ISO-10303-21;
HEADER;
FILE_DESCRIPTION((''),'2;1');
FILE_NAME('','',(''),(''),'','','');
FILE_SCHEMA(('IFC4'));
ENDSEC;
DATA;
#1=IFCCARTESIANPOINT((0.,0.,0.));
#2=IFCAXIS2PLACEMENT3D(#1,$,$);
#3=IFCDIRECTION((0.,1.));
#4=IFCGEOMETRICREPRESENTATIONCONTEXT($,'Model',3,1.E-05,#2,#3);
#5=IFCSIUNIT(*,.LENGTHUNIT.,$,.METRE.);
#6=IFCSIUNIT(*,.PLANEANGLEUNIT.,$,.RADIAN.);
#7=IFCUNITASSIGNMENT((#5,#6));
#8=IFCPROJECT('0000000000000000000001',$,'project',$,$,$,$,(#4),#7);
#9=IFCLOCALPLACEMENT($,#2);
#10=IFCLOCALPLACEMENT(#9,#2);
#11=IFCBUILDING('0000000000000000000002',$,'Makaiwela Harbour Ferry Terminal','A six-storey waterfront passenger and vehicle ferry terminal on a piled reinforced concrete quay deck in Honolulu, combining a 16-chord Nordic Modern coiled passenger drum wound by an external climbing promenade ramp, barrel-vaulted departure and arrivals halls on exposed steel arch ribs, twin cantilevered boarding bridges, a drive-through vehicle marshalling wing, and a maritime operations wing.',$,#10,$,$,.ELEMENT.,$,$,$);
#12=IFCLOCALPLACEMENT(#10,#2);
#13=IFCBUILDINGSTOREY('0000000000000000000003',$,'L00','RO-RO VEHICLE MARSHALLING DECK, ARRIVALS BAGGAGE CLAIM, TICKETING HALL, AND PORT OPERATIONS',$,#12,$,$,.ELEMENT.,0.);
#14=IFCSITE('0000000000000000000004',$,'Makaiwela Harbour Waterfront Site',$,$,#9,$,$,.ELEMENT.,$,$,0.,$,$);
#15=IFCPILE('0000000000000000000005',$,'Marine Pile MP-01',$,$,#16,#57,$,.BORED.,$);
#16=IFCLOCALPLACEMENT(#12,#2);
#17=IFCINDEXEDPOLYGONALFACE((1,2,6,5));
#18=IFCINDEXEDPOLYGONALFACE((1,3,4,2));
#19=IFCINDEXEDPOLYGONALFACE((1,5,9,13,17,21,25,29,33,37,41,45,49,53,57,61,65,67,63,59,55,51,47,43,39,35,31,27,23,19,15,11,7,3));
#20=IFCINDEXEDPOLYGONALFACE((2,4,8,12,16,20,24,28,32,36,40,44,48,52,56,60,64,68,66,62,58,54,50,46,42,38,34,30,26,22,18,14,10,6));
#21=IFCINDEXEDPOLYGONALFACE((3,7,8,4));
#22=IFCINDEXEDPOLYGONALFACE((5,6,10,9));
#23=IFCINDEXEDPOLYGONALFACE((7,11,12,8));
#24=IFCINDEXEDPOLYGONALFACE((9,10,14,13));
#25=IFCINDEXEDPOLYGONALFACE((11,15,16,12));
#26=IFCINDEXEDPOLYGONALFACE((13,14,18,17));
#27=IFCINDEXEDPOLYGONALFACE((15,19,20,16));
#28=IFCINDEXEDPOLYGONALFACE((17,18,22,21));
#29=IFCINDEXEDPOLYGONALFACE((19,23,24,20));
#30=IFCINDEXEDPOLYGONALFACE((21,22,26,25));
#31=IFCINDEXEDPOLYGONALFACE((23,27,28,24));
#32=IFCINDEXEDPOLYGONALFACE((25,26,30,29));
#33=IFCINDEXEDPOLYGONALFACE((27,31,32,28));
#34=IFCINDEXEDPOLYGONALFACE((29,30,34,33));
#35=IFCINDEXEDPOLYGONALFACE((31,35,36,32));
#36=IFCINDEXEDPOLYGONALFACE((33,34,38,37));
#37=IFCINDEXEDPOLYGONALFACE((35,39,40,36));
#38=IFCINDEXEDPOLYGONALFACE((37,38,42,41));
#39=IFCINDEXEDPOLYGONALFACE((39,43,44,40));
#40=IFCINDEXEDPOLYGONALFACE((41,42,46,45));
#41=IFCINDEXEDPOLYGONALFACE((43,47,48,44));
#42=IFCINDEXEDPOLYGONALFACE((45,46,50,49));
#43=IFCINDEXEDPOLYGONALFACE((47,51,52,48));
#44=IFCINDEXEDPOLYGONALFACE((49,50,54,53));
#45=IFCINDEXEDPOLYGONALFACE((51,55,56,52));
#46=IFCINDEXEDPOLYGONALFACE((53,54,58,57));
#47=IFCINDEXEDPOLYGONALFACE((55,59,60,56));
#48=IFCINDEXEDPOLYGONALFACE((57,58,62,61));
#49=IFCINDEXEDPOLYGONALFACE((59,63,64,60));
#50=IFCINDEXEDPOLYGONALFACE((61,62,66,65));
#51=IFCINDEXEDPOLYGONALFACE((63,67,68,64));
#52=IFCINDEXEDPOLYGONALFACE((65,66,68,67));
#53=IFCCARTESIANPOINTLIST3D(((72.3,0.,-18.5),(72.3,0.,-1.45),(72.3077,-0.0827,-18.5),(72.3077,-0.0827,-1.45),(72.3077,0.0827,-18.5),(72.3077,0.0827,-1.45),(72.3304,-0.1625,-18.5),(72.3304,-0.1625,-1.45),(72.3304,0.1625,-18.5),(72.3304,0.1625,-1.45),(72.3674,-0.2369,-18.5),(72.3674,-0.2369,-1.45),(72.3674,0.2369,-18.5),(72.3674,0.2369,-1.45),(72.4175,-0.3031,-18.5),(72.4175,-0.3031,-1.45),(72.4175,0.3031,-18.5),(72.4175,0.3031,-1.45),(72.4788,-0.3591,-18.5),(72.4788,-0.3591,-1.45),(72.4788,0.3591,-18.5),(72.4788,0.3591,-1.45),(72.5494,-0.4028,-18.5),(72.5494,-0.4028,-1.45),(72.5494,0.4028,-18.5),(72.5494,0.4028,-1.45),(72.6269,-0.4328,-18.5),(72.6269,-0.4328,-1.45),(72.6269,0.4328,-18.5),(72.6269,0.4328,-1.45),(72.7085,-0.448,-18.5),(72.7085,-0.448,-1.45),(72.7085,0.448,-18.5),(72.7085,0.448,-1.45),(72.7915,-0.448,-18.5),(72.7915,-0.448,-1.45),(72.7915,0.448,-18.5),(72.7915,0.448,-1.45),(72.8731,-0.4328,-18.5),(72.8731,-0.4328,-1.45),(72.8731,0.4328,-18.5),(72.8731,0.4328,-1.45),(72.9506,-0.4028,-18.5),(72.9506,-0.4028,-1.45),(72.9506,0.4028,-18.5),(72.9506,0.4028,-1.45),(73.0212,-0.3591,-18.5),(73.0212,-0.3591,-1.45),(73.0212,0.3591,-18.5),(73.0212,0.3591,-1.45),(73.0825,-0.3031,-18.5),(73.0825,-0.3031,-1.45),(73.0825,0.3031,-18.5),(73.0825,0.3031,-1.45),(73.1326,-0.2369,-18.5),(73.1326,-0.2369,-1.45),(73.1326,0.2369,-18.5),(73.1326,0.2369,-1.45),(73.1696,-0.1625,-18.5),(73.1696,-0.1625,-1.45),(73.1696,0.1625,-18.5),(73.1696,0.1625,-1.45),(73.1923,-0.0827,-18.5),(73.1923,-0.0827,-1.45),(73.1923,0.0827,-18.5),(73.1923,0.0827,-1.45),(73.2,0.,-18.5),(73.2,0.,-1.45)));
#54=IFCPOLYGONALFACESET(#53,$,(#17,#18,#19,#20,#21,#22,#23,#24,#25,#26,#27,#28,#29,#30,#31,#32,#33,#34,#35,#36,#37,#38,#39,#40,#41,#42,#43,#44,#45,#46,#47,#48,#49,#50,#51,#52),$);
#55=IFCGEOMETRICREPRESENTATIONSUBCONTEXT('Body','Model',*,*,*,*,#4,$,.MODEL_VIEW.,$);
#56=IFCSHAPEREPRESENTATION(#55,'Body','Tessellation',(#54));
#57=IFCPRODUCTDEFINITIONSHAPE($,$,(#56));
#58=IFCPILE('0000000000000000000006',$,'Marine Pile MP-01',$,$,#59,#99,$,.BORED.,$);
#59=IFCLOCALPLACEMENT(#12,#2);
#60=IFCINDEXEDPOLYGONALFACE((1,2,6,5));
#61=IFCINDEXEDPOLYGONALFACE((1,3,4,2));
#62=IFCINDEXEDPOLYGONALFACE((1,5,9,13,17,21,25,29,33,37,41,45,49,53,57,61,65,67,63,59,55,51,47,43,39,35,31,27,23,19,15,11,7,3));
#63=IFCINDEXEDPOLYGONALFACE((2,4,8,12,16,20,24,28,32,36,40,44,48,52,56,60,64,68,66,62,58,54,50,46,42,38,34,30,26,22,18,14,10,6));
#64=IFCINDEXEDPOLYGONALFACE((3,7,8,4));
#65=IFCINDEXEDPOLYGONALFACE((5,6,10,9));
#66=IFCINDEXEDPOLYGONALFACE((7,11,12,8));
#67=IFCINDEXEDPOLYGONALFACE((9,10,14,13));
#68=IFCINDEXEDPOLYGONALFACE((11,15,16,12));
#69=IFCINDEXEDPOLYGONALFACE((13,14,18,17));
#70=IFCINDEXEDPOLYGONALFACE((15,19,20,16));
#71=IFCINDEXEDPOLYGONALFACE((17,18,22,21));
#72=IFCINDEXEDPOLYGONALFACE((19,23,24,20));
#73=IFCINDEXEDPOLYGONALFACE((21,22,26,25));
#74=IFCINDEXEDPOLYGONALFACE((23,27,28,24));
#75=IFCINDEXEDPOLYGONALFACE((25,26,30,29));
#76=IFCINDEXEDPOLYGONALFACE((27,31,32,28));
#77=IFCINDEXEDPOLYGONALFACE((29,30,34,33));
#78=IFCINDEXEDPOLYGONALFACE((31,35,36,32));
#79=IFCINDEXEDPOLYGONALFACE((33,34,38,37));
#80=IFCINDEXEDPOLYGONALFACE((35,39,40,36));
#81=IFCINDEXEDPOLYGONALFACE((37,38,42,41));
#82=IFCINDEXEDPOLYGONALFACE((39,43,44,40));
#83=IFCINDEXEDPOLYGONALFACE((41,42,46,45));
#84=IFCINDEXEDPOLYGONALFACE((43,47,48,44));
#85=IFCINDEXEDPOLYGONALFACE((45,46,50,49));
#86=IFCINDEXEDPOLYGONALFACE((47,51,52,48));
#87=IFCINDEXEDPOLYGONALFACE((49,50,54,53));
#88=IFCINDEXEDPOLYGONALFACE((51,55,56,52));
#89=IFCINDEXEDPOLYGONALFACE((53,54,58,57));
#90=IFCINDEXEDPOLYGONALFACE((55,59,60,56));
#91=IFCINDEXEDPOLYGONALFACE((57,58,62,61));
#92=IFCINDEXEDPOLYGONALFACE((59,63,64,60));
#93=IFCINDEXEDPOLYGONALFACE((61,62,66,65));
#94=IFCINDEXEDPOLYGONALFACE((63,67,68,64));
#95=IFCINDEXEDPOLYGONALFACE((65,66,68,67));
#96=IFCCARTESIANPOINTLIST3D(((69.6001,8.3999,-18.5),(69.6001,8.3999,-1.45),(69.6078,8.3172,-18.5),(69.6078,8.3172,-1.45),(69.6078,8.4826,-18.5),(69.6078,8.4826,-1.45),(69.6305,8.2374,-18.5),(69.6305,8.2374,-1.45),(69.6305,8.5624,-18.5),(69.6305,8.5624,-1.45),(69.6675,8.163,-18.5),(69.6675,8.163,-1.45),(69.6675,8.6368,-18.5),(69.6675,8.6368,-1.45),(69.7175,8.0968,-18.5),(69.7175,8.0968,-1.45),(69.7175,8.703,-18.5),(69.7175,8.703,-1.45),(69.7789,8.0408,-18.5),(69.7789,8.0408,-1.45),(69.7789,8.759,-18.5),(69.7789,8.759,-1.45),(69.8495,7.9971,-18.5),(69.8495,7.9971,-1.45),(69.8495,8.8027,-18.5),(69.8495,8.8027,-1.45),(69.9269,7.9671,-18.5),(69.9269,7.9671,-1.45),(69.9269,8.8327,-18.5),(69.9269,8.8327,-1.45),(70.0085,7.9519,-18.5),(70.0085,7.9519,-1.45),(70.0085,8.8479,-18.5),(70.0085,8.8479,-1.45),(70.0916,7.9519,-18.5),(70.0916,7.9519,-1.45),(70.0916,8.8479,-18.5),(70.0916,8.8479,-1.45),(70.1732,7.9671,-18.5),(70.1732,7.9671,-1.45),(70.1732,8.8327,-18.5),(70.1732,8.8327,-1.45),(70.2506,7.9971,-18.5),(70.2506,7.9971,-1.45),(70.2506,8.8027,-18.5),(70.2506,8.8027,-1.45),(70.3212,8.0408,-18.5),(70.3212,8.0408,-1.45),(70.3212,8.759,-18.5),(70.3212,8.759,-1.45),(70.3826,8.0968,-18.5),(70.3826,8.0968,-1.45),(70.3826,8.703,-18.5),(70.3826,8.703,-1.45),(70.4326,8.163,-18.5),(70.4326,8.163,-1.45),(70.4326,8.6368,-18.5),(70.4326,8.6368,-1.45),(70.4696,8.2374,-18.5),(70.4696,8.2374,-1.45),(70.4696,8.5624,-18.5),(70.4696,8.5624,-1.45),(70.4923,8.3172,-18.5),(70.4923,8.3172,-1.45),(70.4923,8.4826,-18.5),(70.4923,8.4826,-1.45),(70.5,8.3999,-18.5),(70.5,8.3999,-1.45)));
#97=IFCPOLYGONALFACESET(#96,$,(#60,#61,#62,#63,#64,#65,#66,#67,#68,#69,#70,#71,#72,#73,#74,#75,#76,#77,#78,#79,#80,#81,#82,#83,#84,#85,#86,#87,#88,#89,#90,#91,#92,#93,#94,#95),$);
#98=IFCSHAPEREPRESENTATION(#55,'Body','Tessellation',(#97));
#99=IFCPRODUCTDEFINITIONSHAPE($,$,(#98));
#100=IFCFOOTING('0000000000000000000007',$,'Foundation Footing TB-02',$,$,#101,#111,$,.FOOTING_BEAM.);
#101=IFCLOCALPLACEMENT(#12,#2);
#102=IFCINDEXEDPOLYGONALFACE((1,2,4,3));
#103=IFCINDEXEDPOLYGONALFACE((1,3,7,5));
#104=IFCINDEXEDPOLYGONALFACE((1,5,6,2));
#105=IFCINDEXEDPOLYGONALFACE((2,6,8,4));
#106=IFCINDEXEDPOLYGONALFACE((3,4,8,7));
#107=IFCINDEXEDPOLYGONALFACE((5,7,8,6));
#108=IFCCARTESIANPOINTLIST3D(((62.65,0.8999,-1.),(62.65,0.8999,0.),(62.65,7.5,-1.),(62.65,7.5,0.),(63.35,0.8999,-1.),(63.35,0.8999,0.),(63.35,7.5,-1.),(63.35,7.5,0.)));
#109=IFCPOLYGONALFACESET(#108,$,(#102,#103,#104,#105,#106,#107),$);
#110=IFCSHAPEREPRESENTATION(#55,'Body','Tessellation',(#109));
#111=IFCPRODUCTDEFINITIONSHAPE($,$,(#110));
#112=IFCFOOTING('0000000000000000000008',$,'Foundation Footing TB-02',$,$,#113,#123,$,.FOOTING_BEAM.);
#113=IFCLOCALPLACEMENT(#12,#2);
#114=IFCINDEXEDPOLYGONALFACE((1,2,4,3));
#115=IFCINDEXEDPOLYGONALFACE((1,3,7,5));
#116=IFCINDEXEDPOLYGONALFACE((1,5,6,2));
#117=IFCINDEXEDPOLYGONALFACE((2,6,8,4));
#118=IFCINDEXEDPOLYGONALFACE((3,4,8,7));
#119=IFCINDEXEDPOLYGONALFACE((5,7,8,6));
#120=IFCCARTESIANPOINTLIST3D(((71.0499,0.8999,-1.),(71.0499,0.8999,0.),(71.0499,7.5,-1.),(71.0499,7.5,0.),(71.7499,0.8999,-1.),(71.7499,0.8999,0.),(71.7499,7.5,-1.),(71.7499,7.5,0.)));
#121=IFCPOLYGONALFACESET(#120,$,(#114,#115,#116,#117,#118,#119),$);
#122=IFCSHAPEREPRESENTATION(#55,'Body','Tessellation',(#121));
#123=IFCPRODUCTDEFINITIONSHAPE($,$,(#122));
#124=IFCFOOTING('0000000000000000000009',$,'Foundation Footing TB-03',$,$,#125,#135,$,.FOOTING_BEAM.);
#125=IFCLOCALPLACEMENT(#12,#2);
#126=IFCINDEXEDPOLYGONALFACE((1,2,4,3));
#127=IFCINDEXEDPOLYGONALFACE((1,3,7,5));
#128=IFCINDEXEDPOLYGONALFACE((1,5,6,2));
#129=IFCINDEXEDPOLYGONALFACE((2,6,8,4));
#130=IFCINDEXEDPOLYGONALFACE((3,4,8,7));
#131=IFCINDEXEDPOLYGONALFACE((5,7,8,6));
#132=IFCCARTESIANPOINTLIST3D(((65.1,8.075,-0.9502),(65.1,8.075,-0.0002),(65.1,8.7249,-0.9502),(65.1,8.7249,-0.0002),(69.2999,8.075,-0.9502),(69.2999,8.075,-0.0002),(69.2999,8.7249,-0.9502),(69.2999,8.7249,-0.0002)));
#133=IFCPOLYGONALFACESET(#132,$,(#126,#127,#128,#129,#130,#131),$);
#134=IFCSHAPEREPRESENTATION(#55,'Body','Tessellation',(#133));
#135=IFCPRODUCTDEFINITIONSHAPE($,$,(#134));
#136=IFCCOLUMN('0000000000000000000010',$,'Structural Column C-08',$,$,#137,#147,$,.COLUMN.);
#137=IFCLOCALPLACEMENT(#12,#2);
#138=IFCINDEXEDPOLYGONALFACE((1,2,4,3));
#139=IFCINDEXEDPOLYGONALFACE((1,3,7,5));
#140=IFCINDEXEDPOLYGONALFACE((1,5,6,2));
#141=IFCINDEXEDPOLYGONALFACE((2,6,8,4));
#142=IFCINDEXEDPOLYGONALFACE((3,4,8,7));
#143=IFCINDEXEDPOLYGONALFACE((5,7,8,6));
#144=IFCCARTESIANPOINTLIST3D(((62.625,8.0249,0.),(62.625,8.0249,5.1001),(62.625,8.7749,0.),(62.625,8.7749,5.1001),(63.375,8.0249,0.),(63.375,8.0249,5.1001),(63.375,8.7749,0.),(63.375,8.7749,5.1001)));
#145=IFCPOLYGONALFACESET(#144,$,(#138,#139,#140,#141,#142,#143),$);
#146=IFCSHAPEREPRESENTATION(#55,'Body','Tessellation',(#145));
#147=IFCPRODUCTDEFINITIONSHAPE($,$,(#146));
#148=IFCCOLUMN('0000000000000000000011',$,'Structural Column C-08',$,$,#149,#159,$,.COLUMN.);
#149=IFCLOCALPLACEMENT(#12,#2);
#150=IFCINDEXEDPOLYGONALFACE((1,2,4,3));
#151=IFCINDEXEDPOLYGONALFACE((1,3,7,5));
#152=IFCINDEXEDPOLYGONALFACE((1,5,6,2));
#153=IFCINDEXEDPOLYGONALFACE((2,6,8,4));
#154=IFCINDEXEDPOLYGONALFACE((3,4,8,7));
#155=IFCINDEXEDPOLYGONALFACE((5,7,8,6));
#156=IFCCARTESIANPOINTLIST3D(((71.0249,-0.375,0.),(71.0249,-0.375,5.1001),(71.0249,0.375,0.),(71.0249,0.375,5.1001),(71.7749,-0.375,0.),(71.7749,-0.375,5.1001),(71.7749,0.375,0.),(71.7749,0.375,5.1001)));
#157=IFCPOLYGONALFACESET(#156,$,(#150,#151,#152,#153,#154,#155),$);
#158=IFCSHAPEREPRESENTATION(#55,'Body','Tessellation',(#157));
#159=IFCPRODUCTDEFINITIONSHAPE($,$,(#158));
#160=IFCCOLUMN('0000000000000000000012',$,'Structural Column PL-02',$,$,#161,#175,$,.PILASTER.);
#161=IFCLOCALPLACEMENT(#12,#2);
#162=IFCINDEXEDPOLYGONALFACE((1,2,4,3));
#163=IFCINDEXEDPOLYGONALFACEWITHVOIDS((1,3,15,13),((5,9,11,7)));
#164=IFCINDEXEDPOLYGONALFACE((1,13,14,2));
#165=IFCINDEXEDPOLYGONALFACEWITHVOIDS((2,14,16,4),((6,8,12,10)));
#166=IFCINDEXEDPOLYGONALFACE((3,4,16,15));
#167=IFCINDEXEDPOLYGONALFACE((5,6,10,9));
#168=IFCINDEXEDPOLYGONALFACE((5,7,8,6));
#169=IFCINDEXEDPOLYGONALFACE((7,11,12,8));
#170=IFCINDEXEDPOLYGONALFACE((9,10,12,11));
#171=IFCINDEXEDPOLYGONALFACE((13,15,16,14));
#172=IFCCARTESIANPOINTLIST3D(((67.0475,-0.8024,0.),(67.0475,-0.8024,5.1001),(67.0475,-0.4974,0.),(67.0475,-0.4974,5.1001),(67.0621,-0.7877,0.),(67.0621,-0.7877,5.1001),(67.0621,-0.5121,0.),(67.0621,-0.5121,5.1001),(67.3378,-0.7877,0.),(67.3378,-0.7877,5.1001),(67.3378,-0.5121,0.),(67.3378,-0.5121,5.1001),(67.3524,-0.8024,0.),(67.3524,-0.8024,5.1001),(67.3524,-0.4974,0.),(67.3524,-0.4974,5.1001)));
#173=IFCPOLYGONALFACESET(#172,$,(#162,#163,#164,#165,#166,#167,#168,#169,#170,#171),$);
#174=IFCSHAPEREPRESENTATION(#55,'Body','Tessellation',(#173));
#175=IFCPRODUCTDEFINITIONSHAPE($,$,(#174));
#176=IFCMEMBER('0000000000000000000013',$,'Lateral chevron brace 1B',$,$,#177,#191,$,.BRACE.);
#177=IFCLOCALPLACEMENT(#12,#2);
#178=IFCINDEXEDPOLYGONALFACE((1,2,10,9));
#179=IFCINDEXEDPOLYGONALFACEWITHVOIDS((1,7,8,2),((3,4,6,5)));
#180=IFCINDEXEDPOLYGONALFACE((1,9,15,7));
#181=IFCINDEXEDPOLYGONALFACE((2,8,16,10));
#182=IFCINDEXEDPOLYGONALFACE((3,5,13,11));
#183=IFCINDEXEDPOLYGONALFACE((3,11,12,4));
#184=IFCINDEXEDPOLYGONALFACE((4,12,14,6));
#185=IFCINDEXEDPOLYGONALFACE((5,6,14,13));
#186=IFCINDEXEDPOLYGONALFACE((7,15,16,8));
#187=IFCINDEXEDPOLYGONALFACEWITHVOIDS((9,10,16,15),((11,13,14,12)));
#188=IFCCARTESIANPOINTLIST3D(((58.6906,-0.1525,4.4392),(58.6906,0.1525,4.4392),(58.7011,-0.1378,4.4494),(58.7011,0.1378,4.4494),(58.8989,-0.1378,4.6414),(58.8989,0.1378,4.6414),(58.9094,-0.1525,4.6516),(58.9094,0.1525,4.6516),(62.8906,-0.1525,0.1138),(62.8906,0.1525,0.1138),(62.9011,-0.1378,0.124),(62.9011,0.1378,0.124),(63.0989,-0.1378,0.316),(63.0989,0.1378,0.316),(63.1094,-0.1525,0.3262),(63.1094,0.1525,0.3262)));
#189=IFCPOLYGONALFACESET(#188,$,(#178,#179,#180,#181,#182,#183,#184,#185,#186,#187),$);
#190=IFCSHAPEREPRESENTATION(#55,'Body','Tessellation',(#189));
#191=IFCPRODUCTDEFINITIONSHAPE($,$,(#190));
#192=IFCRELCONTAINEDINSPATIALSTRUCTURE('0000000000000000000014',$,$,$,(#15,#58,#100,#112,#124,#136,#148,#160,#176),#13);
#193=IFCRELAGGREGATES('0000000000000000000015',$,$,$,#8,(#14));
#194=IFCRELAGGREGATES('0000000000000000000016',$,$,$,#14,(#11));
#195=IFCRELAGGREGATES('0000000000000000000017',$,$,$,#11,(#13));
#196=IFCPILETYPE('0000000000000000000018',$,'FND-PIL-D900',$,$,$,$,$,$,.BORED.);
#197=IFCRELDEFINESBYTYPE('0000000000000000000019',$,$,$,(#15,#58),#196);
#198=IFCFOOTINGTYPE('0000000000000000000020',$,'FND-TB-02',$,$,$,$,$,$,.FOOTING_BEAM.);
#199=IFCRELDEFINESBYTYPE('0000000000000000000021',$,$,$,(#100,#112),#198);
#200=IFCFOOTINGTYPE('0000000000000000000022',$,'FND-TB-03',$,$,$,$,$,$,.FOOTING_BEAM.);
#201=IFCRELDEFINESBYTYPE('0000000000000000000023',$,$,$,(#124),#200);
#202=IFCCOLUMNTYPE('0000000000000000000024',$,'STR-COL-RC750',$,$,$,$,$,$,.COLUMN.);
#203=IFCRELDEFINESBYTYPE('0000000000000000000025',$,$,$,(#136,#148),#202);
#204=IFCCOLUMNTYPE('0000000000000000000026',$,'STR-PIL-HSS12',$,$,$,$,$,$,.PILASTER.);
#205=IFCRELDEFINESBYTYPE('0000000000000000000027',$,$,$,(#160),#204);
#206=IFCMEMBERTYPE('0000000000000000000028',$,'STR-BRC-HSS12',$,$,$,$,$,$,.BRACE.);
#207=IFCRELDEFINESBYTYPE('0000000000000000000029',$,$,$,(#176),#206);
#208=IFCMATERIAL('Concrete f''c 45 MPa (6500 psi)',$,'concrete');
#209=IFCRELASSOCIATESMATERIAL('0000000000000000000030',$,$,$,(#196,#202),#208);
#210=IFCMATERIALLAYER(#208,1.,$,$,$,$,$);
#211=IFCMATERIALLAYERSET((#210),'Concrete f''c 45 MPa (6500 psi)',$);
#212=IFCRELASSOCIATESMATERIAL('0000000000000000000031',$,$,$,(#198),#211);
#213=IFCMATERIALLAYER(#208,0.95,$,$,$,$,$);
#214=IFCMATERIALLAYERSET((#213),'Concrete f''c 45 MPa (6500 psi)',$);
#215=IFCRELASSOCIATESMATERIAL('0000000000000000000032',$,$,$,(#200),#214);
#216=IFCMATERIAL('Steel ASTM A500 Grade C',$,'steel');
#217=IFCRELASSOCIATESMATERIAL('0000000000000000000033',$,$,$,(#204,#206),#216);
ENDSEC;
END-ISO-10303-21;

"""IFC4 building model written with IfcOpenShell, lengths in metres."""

from ifc_helpers import new_model, si_unit, direction, frame, origin, origin_2d, place, context, subcontext, project, spatial, rectangle, hollow_rectangle, circle, extrude, material, layer, layer_set, material_profile, profile_set, type_object, element, save


model = new_model("IFC4")

# Units and contexts
model_context = context("Model", 3, precision=1e-05, world=origin(), true_north=direction((0.0, 1.0)))
body_context = subcontext(model_context, "Body", "Model", "MODEL_VIEW")
ifc_project = project(units=[si_unit("LENGTHUNIT", "METRE"), si_unit("PLANEANGLEUNIT", "RADIAN")], contexts=[model_context])

# Site, building, storey
site_placement = place(None, origin())
site = spatial("IfcSite", under=ifc_project, at=site_placement, Name="Makaiwela Harbour Waterfront Site", CompositionType="ELEMENT", RefElevation=0.0)
building_placement = place(site_placement, origin())
building = spatial("IfcBuilding", under=site, at=building_placement, Name="Makaiwela Harbour Ferry Terminal", Description="A six-storey waterfront passenger and vehicle ferry terminal on a piled reinforced concrete quay deck in Honolulu, combining a 16-chord Nordic Modern coiled passenger drum wound by an external climbing promenade ramp, barrel-vaulted departure and arrivals halls on exposed steel arch ribs, twin cantilevered boarding bridges, a drive-through vehicle marshalling wing, and a maritime operations wing.", CompositionType="ELEMENT")
storey_placement = place(building_placement, origin())
storey = spatial("IfcBuildingStorey", under=building, at=storey_placement, Name="L00", Description="RO-RO VEHICLE MARSHALLING DECK, ARRIVALS BAGGAGE CLAIM, TICKETING HALL, AND PORT OPERATIONS", CompositionType="ELEMENT", Elevation=0.0)

# Shared definitions
ifc_material_1 = material(Name="Concrete f'c 45 MPa (6500 psi)", Category="concrete")

# Piles
ifc_material_profile_1 = material_profile(ifc_material_1, circle(Radius=0.45, at=origin_2d()), Name="PILE-D900")
ifc_profile_set_1 = profile_set([ifc_material_profile_1], Name="Concrete f'c 45 MPa (6500 psi)")
pile_type = type_object("IfcPileType", Name="FND-PIL-D900", PredefinedType="BORED", material=ifc_profile_set_1)
for number, where, z_axis, x_axis, name in (
    (1, (72.75, 0.0, -1.45), (0.0, 0.0, -1.0), (1.0, 0.0, 0.0), "Marine Pile MP-01"),
    (2, (70.05, 8.3999, -1.45), (0.0, 0.0, -1.0), (1.0, 0.0, 0.0), "Marine Pile MP-01"),
):
    element("IfcPile", number, at=place(storey_placement, frame(where, z_axis=z_axis, x_axis=x_axis)), inside=storey, type_object=pile_type, Name=name, PredefinedType="BORED", context=body_context, shape_type="SweptSolid", body=[
        extrude(circle(Radius=0.45, at=origin_2d()), origin(), (0.0, 0.0, 1.0), 17.05),
    ])

# Footings
ifc_layer_1 = layer(ifc_material_1, 1.0)
ifc_layer_set_1 = layer_set([ifc_layer_1], Name="Concrete f'c 45 MPa (6500 psi)")
footing_type_1 = type_object("IfcFootingType", Name="FND-TB-02", PredefinedType="FOOTING_BEAM", material=ifc_layer_set_1)
for number, where, z_axis, x_axis, name in (
    (3, (63.0, 4.2, -1.0), (0.0, 0.0, 1.0), (0.0, 1.0, 0.0), "Foundation Footing TB-02"),
    (4, (71.3999, 4.2, -1.0), (0.0, 0.0, 1.0), (0.0, 1.0, 0.0), "Foundation Footing TB-02"),
):
    element("IfcFooting", number, at=place(storey_placement, frame(where, z_axis=z_axis, x_axis=x_axis)), inside=storey, type_object=footing_type_1, Name=name, PredefinedType="FOOTING_BEAM", context=body_context, shape_type="SweptSolid", body=[
        extrude(rectangle(XDim=6.6001, YDim=0.7, at=origin_2d()), origin(), (0.0, 0.0, 1.0), 1.0),
    ])
ifc_layer_2 = layer(ifc_material_1, 0.95)
ifc_layer_set_2 = layer_set([ifc_layer_2], Name="Concrete f'c 45 MPa (6500 psi)")
footing_type_2 = type_object("IfcFootingType", Name="FND-TB-03", PredefinedType="FOOTING_BEAM", material=ifc_layer_set_2)
footing_1_placement = place(storey_placement, frame((67.2, 8.3999, -0.9502), z_axis=(0.0, 0.0, 1.0), x_axis=(1.0, 0.0, 0.0)))
element("IfcFooting", 5, at=footing_1_placement, inside=storey, type_object=footing_type_2, Name="Foundation Footing TB-03", PredefinedType="FOOTING_BEAM", context=body_context, shape_type="SweptSolid", body=[
    extrude(rectangle(XDim=4.2, YDim=0.6499, at=origin_2d()), origin(), (0.0, 0.0, 1.0), 0.95),
])

# Columns
ifc_material_profile_2 = material_profile(ifc_material_1, rectangle(XDim=0.75, YDim=0.75, at=origin_2d()), Name="RC-750X750")
ifc_profile_set_2 = profile_set([ifc_material_profile_2], Name="Concrete f'c 45 MPa (6500 psi)")
column_type_1 = type_object("IfcColumnType", Name="STR-COL-RC750", PredefinedType="COLUMN", material=ifc_profile_set_2)
for number, where, z_axis, x_axis, name in (
    (6, (63.0, 8.3999, 0.0), (0.0, 0.0, 1.0), (1.0, 0.0, 0.0), "Structural Column C-08"),
    (7, (71.3999, 0.0, 0.0), (0.0, 0.0, 1.0), (1.0, 0.0, 0.0), "Structural Column C-08"),
):
    element("IfcColumn", number, at=place(storey_placement, frame(where, z_axis=z_axis, x_axis=x_axis)), inside=storey, type_object=column_type_1, Name=name, PredefinedType="COLUMN", context=body_context, shape_type="SweptSolid", body=[
        extrude(rectangle(XDim=0.75, YDim=0.75, at=origin_2d()), origin(), (0.0, 0.0, 1.0), 5.1001),
    ])
ifc_material_2 = material(Name="Steel ASTM A500 Grade C", Category="steel")
ifc_material_profile_3 = material_profile(ifc_material_2, hollow_rectangle(XDim=0.3049, YDim=0.3049, WallThickness=0.0146, at=origin_2d()), Name="HSS12X12X5/8")
ifc_profile_set_3 = profile_set([ifc_material_profile_3], Name="Steel ASTM A500 Grade C")
column_type_2 = type_object("IfcColumnType", Name="STR-PIL-HSS12", PredefinedType="PILASTER", material=ifc_profile_set_3)
column_placement = place(storey_placement, frame((67.2, -0.6499, 0.0), z_axis=(0.0, 0.0, 1.0), x_axis=(1.0, 0.0, 0.0)))
element("IfcColumn", 8, at=column_placement, inside=storey, type_object=column_type_2, Name="Structural Column PL-02", PredefinedType="PILASTER", context=body_context, shape_type="SweptSolid", body=[
    extrude(hollow_rectangle(XDim=0.3049, YDim=0.3049, WallThickness=0.0146, at=origin_2d()), origin(), (0.0, 0.0, 1.0), 5.1001),
])

# Member
ifc_material_profile_4 = material_profile(ifc_material_2, hollow_rectangle(XDim=0.3049, YDim=0.3049, WallThickness=0.0146, at=origin_2d()), Name="HSS12X12X5/8")
ifc_profile_set_4 = profile_set([ifc_material_profile_4], Name="Steel ASTM A500 Grade C")
member_type = type_object("IfcMemberType", Name="STR-BRC-HSS12", PredefinedType="BRACE", material=ifc_profile_set_4)
member_placement = place(storey_placement, frame((63.0, 0.0, 0.22), z_axis=(-0.696623, 0.0, 0.717437), x_axis=(0.0, -1.0, 0.0)))
element("IfcMember", 9, at=member_placement, inside=storey, type_object=member_type, Name="Lateral chevron brace 1B", PredefinedType="BRACE", context=body_context, shape_type="SweptSolid", body=[
    extrude(hollow_rectangle(XDim=0.3049, YDim=0.3049, WallThickness=0.0146, at=origin_2d()), origin(), (0.0, 0.0, 1.0), 6.0291),
])

save(model, "model.ifc")
